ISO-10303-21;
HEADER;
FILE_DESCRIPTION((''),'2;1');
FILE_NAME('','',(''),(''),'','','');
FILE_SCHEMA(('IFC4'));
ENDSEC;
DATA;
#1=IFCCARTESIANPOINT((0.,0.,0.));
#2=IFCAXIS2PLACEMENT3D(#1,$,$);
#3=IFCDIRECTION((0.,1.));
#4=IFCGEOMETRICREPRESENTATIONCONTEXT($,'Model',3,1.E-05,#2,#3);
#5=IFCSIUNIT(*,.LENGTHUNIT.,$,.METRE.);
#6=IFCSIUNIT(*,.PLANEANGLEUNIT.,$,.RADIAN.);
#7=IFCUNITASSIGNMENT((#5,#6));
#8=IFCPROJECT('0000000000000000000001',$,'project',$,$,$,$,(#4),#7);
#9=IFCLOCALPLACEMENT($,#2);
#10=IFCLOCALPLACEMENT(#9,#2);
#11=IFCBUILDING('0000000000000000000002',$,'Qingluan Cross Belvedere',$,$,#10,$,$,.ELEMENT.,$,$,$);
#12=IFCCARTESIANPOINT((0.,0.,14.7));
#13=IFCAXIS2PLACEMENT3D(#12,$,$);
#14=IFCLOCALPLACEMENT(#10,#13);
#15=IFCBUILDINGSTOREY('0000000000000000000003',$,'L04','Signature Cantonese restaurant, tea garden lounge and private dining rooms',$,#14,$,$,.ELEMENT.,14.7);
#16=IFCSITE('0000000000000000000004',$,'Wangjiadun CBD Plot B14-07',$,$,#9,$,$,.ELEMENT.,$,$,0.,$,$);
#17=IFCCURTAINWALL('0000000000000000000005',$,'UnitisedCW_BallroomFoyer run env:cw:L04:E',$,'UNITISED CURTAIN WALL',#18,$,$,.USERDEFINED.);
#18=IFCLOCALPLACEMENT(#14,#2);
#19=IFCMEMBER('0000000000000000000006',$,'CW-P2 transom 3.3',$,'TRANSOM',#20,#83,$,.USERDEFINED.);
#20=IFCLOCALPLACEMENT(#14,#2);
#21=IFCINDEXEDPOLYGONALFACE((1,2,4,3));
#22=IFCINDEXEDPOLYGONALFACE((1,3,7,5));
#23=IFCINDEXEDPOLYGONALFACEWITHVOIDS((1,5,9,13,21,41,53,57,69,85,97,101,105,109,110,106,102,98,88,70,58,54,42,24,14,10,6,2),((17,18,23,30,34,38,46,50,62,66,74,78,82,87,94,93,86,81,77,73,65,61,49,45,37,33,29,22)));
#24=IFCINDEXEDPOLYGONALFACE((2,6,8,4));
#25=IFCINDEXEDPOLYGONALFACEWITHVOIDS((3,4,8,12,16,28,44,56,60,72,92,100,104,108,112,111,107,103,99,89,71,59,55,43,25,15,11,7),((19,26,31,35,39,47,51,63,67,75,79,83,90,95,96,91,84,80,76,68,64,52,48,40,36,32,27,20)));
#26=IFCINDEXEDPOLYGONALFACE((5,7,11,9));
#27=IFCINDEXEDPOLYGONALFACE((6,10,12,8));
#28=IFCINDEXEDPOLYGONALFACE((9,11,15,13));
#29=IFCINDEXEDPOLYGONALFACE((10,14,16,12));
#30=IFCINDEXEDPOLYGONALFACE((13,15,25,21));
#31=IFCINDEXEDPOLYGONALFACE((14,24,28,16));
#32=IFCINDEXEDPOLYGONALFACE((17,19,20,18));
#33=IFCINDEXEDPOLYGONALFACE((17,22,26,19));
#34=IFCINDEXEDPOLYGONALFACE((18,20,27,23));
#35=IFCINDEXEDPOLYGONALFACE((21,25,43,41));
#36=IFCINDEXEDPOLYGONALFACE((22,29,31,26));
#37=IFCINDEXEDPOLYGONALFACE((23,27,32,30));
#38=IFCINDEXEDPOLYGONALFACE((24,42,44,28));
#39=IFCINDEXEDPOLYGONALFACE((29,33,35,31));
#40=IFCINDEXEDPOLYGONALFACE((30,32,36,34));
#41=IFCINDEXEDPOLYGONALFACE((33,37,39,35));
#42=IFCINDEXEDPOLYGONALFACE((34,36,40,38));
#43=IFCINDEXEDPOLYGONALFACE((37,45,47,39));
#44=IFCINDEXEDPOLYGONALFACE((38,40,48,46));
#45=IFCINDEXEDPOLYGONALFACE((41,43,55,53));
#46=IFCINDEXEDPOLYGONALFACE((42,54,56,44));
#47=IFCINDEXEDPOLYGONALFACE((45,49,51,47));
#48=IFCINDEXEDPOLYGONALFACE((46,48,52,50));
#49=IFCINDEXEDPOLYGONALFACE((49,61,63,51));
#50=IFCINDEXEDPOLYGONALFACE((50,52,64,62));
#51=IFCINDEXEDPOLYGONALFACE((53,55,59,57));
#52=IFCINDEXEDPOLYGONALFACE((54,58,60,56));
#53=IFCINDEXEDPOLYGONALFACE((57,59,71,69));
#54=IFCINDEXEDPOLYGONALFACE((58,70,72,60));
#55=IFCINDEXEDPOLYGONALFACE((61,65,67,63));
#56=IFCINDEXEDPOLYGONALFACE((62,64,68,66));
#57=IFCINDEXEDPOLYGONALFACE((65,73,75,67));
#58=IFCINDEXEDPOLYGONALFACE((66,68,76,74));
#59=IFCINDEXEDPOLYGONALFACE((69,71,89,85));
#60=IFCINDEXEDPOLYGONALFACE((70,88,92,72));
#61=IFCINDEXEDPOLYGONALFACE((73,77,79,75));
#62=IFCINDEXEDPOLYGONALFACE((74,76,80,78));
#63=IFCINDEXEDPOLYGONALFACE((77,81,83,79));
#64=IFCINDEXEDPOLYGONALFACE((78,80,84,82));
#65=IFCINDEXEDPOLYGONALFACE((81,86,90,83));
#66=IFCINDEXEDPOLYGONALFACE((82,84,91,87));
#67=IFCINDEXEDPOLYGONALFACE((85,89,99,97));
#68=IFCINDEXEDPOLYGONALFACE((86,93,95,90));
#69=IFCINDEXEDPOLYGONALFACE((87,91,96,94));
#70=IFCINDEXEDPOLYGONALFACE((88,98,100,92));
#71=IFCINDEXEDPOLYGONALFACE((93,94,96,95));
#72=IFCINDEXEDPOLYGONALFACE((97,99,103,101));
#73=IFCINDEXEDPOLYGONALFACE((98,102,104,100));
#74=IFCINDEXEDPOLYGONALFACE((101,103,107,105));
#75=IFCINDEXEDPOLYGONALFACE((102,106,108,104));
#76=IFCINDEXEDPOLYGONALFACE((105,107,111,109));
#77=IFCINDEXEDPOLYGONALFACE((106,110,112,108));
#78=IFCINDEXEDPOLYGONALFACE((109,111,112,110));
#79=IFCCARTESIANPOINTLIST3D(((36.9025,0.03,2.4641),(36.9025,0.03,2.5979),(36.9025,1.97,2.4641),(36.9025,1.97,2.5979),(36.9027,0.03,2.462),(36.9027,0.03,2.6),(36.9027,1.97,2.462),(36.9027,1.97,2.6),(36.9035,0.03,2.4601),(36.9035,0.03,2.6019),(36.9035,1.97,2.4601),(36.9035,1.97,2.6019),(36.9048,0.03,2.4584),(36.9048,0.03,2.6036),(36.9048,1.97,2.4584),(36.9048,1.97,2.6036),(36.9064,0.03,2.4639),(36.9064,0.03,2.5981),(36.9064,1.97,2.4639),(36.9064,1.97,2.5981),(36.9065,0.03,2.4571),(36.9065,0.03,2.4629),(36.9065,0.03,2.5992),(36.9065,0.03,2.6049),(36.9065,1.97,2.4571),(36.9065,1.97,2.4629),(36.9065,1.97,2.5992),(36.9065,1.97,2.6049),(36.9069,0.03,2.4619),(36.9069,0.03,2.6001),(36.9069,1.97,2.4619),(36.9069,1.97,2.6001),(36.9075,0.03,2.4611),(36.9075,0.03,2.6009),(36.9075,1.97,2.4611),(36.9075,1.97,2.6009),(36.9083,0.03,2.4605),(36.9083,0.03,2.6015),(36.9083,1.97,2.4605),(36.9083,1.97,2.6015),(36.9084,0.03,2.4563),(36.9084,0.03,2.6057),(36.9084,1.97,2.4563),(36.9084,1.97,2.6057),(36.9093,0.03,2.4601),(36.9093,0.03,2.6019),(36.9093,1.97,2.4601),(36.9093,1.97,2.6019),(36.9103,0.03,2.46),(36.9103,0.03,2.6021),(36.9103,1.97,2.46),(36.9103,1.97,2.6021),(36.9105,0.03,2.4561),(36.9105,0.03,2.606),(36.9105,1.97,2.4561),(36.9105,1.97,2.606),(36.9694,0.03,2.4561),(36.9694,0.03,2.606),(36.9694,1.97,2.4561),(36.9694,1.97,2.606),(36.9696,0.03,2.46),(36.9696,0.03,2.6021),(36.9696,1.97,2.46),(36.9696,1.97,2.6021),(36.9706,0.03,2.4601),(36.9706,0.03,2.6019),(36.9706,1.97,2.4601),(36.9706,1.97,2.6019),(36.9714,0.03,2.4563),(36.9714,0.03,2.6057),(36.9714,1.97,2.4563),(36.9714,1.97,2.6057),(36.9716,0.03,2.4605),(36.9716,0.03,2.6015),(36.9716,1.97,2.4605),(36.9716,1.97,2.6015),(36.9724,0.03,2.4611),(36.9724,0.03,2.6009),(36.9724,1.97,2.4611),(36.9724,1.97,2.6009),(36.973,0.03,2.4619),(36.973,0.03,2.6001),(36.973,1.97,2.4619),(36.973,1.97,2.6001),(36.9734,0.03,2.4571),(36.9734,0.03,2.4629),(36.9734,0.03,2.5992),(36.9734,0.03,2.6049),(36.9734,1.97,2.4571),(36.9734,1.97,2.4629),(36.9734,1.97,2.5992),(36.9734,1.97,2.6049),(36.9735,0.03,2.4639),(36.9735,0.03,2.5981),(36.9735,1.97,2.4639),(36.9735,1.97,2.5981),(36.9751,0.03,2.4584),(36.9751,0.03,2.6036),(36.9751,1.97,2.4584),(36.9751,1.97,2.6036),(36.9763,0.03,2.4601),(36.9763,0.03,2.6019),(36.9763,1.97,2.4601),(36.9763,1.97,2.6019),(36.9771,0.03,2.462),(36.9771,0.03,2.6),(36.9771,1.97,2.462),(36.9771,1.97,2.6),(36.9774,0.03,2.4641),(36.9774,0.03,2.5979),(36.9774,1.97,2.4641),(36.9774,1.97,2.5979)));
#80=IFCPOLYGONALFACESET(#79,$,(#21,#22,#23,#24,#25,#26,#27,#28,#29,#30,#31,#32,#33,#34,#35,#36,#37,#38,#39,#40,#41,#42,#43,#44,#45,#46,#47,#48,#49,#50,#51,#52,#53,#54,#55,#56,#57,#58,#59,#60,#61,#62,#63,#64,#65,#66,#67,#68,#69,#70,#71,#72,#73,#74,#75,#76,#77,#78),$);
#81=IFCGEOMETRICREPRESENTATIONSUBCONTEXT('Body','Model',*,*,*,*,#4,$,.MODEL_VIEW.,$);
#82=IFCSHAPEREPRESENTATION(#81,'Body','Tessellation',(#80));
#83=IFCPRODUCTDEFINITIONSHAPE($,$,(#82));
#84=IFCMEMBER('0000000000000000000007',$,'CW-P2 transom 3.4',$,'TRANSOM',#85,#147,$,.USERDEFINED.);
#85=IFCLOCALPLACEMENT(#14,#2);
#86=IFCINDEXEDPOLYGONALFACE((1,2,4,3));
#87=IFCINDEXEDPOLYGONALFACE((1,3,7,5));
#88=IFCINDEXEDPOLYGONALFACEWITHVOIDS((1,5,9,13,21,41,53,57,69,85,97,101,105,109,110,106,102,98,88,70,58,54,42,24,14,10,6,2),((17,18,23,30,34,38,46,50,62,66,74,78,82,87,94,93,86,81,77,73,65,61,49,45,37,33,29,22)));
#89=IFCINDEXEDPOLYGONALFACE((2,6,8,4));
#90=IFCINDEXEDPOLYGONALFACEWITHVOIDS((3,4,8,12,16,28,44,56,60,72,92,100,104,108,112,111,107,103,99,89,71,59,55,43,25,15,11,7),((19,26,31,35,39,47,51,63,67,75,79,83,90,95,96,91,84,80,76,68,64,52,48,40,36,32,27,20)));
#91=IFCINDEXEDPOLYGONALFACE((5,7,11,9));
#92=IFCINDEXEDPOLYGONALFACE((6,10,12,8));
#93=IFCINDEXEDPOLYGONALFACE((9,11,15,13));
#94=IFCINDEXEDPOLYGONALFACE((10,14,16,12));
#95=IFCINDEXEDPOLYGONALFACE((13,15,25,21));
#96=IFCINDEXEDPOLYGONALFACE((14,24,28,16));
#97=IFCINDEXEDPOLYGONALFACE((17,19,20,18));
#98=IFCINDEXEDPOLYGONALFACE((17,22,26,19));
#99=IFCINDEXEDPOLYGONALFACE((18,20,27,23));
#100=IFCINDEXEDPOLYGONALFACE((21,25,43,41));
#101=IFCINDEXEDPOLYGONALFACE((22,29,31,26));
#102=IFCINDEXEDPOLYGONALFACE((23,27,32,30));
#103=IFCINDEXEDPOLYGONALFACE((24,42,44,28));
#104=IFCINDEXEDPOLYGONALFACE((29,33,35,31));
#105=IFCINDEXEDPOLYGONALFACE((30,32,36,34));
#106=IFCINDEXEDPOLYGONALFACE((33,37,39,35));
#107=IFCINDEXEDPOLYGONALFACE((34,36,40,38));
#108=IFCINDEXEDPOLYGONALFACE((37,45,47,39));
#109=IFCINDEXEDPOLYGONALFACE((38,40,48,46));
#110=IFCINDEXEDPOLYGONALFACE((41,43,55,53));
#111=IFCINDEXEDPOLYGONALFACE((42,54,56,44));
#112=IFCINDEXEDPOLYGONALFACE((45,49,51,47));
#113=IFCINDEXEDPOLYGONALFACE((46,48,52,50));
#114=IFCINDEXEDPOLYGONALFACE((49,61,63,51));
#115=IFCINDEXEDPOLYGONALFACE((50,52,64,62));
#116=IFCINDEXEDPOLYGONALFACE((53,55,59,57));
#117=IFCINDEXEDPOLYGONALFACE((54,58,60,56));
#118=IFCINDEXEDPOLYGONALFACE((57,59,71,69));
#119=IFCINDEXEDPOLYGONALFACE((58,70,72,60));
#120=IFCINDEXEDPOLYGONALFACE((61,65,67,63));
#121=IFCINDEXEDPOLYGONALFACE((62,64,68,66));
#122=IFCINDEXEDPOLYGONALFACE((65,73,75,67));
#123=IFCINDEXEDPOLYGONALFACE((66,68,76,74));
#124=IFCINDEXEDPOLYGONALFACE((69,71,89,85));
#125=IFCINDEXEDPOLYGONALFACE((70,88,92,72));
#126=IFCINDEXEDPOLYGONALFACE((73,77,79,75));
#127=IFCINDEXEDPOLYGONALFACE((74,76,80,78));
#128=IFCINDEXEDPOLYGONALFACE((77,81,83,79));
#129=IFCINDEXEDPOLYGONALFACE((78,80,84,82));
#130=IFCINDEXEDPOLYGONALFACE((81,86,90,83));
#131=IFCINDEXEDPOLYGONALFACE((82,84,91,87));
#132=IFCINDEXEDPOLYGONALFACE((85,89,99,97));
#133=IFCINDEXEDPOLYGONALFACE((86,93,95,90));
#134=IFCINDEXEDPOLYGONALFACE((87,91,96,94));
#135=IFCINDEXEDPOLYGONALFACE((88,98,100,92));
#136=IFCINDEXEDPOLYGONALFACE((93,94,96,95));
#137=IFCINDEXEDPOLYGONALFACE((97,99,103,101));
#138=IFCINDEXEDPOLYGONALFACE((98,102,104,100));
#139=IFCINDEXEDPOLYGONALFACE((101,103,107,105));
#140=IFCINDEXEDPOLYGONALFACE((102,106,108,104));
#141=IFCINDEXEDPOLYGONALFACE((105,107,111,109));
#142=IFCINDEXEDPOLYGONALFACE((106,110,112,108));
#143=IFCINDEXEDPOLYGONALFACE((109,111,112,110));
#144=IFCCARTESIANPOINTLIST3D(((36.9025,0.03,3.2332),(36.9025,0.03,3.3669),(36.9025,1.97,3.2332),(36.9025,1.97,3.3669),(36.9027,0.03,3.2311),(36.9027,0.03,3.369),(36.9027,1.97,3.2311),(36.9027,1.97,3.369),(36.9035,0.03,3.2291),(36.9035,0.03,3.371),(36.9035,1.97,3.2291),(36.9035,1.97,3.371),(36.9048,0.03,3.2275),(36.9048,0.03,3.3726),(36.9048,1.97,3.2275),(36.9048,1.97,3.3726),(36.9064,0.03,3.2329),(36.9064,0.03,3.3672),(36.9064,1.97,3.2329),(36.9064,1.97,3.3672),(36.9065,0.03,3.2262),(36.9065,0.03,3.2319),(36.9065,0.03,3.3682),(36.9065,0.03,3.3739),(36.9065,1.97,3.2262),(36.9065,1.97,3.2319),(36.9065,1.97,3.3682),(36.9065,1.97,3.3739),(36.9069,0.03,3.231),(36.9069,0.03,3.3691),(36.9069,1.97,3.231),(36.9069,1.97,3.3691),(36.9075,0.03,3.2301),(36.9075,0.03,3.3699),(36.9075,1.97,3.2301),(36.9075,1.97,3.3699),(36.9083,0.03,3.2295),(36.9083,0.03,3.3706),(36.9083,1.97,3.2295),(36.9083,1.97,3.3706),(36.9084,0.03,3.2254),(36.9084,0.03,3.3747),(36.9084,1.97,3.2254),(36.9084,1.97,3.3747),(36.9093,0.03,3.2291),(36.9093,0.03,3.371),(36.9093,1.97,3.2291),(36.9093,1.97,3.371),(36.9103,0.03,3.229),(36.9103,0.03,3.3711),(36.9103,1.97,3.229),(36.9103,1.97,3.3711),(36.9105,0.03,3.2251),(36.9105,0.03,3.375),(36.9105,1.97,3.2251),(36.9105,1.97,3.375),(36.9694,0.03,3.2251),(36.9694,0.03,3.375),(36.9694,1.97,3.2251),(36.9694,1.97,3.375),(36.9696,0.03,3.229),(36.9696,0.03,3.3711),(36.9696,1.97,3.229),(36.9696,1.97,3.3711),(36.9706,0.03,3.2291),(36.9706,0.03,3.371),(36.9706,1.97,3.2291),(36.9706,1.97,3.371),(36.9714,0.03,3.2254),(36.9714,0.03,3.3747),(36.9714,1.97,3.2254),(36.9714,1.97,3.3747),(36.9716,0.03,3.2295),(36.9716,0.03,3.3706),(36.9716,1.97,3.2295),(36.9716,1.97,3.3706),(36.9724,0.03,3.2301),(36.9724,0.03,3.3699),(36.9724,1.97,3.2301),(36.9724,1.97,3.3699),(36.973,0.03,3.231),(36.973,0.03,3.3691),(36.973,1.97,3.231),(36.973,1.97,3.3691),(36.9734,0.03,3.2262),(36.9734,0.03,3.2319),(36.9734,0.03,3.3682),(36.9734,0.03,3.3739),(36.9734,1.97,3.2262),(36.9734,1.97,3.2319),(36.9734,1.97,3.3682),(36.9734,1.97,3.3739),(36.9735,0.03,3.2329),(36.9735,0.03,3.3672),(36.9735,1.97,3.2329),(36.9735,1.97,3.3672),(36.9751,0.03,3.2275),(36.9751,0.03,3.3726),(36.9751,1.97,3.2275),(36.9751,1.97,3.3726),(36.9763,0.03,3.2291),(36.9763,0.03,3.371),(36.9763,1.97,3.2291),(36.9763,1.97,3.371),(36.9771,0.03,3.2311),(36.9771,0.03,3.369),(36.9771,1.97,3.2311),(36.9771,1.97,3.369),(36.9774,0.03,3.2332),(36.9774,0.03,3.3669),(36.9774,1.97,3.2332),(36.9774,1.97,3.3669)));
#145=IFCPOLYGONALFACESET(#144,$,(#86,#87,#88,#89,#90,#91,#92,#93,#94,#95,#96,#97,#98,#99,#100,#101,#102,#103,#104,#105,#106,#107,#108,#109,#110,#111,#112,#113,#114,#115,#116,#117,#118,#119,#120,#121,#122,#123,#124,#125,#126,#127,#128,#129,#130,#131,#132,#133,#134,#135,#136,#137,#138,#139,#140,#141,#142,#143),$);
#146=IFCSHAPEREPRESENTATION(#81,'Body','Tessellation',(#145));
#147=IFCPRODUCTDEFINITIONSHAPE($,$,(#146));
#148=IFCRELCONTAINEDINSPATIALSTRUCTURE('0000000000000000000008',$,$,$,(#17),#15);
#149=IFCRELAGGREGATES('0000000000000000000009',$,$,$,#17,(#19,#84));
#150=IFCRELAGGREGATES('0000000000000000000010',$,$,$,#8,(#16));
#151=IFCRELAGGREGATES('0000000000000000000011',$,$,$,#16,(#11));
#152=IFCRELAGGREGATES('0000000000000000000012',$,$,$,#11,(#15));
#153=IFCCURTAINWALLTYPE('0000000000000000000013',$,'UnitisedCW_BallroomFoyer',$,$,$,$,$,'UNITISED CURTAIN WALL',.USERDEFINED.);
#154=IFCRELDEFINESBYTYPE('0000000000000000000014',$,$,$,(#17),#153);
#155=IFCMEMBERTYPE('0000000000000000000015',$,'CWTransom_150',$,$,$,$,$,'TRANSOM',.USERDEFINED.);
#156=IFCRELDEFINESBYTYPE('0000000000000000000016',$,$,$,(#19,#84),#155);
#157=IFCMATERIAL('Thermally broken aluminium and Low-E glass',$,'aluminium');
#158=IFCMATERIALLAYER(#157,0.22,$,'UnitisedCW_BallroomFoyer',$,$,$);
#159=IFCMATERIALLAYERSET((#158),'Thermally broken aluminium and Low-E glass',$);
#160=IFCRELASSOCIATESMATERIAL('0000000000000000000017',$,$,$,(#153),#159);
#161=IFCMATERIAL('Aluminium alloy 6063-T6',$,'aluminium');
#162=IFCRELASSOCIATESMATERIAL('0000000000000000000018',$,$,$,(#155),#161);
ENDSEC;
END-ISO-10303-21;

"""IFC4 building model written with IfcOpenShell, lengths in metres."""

from ifc_helpers import new_model, si_unit, direction, frame, origin, origin_2d, place, context, subcontext, project, spatial, hollow_rectangle, extrude, material, layer, layer_set, material_profile, profile_set, type_object, element, aggregate, save


model = new_model("IFC4")

# Units and contexts
model_context = context("Model", 3, precision=1e-05, world=origin(), true_north=direction((0.0, 1.0)))
body_context = subcontext(model_context, "Body", "Model", "MODEL_VIEW")
ifc_project = project(units=[si_unit("LENGTHUNIT", "METRE"), si_unit("PLANEANGLEUNIT", "RADIAN")], contexts=[model_context])

# Site, building, storey
site_placement = place(None, origin())
site = spatial("IfcSite", under=ifc_project, at=site_placement, Name="Wangjiadun CBD Plot B14-07", CompositionType="ELEMENT", RefElevation=0.0)
building_placement = place(site_placement, origin())
building = spatial("IfcBuilding", under=site, at=building_placement, Name="Qingluan Cross Belvedere", CompositionType="ELEMENT")
storey_placement = place(building_placement, frame((0.0, 0.0, 14.7)))
storey = spatial("IfcBuildingStorey", under=building, at=storey_placement, Name="L04", Description="Signature Cantonese restaurant, tea garden lounge and private dining rooms", CompositionType="ELEMENT", Elevation=14.7)

# Curtain wall, members
ifc_material_1 = material(Name="Thermally broken aluminium and Low-E glass", Category="aluminium")
ifc_layer_1 = layer(ifc_material_1, 0.22, Name="UnitisedCW_BallroomFoyer")
ifc_layer_set_1 = layer_set([ifc_layer_1], Name="Thermally broken aluminium and Low-E glass")
curtain_wall_type = type_object("IfcCurtainWallType", Name="UnitisedCW_BallroomFoyer", ElementType="UNITISED CURTAIN WALL", PredefinedType="USERDEFINED", material=ifc_layer_set_1)
curtain_wall_placement = place(storey_placement, origin())
curtain_wall = element("IfcCurtainWall", 1, at=curtain_wall_placement, inside=storey, type_object=curtain_wall_type, Name="UnitisedCW_BallroomFoyer run env:cw:L04:E", ObjectType="UNITISED CURTAIN WALL", PredefinedType="USERDEFINED")
ifc_material_2 = material(Name="Aluminium alloy 6063-T6", Category="aluminium")
ifc_material_profile_1 = material_profile(ifc_material_2, hollow_rectangle(XDim=0.075, YDim=0.1499, WallThickness=0.0039, InnerFilletRadius=0.0039, OuterFilletRadius=0.0081, at=origin_2d()), Name="CWT150x75x4")
ifc_profile_set_1 = profile_set([ifc_material_profile_1], Name="Aluminium alloy 6063-T6")
member_type_1 = type_object("IfcMemberType", Name="CWTransom_150", ElementType="TRANSOM", PredefinedType="USERDEFINED", material=ifc_profile_set_1)
member_1_placement = place(storey_placement, frame((36.9399, 1.97, 2.531), z_axis=(0.0, -1.0, 0.0), x_axis=(1.0, 0.0, 0.0)))
member_1 = element("IfcMember", 2, at=member_1_placement, type_object=member_type_1, Name="CW-P2 transom 3.3", ObjectType="TRANSOM", PredefinedType="USERDEFINED", context=body_context, shape_type="SweptSolid", body=[
    extrude(hollow_rectangle(XDim=0.075, YDim=0.1499, WallThickness=0.0039, InnerFilletRadius=0.0039, OuterFilletRadius=0.0081, at=origin_2d()), origin(), (0.0, 0.0, 1.0), 1.9399),
])
member_2_placement = place(storey_placement, frame((36.9399, 1.97, 3.3), z_axis=(0.0, -1.0, 0.0), x_axis=(1.0, 0.0, 0.0)))
member_2 = element("IfcMember", 3, at=member_2_placement, type_object=member_type_1, Name="CW-P2 transom 3.4", ObjectType="TRANSOM", PredefinedType="USERDEFINED", context=body_context, shape_type="SweptSolid", body=[
    extrude(hollow_rectangle(XDim=0.075, YDim=0.1499, WallThickness=0.0039, InnerFilletRadius=0.0039, OuterFilletRadius=0.0081, at=origin_2d()), origin(), (0.0, 0.0, 1.0), 1.9399),
])
aggregate(curtain_wall, [member_1, member_2])

save(model, "model.ifc")
